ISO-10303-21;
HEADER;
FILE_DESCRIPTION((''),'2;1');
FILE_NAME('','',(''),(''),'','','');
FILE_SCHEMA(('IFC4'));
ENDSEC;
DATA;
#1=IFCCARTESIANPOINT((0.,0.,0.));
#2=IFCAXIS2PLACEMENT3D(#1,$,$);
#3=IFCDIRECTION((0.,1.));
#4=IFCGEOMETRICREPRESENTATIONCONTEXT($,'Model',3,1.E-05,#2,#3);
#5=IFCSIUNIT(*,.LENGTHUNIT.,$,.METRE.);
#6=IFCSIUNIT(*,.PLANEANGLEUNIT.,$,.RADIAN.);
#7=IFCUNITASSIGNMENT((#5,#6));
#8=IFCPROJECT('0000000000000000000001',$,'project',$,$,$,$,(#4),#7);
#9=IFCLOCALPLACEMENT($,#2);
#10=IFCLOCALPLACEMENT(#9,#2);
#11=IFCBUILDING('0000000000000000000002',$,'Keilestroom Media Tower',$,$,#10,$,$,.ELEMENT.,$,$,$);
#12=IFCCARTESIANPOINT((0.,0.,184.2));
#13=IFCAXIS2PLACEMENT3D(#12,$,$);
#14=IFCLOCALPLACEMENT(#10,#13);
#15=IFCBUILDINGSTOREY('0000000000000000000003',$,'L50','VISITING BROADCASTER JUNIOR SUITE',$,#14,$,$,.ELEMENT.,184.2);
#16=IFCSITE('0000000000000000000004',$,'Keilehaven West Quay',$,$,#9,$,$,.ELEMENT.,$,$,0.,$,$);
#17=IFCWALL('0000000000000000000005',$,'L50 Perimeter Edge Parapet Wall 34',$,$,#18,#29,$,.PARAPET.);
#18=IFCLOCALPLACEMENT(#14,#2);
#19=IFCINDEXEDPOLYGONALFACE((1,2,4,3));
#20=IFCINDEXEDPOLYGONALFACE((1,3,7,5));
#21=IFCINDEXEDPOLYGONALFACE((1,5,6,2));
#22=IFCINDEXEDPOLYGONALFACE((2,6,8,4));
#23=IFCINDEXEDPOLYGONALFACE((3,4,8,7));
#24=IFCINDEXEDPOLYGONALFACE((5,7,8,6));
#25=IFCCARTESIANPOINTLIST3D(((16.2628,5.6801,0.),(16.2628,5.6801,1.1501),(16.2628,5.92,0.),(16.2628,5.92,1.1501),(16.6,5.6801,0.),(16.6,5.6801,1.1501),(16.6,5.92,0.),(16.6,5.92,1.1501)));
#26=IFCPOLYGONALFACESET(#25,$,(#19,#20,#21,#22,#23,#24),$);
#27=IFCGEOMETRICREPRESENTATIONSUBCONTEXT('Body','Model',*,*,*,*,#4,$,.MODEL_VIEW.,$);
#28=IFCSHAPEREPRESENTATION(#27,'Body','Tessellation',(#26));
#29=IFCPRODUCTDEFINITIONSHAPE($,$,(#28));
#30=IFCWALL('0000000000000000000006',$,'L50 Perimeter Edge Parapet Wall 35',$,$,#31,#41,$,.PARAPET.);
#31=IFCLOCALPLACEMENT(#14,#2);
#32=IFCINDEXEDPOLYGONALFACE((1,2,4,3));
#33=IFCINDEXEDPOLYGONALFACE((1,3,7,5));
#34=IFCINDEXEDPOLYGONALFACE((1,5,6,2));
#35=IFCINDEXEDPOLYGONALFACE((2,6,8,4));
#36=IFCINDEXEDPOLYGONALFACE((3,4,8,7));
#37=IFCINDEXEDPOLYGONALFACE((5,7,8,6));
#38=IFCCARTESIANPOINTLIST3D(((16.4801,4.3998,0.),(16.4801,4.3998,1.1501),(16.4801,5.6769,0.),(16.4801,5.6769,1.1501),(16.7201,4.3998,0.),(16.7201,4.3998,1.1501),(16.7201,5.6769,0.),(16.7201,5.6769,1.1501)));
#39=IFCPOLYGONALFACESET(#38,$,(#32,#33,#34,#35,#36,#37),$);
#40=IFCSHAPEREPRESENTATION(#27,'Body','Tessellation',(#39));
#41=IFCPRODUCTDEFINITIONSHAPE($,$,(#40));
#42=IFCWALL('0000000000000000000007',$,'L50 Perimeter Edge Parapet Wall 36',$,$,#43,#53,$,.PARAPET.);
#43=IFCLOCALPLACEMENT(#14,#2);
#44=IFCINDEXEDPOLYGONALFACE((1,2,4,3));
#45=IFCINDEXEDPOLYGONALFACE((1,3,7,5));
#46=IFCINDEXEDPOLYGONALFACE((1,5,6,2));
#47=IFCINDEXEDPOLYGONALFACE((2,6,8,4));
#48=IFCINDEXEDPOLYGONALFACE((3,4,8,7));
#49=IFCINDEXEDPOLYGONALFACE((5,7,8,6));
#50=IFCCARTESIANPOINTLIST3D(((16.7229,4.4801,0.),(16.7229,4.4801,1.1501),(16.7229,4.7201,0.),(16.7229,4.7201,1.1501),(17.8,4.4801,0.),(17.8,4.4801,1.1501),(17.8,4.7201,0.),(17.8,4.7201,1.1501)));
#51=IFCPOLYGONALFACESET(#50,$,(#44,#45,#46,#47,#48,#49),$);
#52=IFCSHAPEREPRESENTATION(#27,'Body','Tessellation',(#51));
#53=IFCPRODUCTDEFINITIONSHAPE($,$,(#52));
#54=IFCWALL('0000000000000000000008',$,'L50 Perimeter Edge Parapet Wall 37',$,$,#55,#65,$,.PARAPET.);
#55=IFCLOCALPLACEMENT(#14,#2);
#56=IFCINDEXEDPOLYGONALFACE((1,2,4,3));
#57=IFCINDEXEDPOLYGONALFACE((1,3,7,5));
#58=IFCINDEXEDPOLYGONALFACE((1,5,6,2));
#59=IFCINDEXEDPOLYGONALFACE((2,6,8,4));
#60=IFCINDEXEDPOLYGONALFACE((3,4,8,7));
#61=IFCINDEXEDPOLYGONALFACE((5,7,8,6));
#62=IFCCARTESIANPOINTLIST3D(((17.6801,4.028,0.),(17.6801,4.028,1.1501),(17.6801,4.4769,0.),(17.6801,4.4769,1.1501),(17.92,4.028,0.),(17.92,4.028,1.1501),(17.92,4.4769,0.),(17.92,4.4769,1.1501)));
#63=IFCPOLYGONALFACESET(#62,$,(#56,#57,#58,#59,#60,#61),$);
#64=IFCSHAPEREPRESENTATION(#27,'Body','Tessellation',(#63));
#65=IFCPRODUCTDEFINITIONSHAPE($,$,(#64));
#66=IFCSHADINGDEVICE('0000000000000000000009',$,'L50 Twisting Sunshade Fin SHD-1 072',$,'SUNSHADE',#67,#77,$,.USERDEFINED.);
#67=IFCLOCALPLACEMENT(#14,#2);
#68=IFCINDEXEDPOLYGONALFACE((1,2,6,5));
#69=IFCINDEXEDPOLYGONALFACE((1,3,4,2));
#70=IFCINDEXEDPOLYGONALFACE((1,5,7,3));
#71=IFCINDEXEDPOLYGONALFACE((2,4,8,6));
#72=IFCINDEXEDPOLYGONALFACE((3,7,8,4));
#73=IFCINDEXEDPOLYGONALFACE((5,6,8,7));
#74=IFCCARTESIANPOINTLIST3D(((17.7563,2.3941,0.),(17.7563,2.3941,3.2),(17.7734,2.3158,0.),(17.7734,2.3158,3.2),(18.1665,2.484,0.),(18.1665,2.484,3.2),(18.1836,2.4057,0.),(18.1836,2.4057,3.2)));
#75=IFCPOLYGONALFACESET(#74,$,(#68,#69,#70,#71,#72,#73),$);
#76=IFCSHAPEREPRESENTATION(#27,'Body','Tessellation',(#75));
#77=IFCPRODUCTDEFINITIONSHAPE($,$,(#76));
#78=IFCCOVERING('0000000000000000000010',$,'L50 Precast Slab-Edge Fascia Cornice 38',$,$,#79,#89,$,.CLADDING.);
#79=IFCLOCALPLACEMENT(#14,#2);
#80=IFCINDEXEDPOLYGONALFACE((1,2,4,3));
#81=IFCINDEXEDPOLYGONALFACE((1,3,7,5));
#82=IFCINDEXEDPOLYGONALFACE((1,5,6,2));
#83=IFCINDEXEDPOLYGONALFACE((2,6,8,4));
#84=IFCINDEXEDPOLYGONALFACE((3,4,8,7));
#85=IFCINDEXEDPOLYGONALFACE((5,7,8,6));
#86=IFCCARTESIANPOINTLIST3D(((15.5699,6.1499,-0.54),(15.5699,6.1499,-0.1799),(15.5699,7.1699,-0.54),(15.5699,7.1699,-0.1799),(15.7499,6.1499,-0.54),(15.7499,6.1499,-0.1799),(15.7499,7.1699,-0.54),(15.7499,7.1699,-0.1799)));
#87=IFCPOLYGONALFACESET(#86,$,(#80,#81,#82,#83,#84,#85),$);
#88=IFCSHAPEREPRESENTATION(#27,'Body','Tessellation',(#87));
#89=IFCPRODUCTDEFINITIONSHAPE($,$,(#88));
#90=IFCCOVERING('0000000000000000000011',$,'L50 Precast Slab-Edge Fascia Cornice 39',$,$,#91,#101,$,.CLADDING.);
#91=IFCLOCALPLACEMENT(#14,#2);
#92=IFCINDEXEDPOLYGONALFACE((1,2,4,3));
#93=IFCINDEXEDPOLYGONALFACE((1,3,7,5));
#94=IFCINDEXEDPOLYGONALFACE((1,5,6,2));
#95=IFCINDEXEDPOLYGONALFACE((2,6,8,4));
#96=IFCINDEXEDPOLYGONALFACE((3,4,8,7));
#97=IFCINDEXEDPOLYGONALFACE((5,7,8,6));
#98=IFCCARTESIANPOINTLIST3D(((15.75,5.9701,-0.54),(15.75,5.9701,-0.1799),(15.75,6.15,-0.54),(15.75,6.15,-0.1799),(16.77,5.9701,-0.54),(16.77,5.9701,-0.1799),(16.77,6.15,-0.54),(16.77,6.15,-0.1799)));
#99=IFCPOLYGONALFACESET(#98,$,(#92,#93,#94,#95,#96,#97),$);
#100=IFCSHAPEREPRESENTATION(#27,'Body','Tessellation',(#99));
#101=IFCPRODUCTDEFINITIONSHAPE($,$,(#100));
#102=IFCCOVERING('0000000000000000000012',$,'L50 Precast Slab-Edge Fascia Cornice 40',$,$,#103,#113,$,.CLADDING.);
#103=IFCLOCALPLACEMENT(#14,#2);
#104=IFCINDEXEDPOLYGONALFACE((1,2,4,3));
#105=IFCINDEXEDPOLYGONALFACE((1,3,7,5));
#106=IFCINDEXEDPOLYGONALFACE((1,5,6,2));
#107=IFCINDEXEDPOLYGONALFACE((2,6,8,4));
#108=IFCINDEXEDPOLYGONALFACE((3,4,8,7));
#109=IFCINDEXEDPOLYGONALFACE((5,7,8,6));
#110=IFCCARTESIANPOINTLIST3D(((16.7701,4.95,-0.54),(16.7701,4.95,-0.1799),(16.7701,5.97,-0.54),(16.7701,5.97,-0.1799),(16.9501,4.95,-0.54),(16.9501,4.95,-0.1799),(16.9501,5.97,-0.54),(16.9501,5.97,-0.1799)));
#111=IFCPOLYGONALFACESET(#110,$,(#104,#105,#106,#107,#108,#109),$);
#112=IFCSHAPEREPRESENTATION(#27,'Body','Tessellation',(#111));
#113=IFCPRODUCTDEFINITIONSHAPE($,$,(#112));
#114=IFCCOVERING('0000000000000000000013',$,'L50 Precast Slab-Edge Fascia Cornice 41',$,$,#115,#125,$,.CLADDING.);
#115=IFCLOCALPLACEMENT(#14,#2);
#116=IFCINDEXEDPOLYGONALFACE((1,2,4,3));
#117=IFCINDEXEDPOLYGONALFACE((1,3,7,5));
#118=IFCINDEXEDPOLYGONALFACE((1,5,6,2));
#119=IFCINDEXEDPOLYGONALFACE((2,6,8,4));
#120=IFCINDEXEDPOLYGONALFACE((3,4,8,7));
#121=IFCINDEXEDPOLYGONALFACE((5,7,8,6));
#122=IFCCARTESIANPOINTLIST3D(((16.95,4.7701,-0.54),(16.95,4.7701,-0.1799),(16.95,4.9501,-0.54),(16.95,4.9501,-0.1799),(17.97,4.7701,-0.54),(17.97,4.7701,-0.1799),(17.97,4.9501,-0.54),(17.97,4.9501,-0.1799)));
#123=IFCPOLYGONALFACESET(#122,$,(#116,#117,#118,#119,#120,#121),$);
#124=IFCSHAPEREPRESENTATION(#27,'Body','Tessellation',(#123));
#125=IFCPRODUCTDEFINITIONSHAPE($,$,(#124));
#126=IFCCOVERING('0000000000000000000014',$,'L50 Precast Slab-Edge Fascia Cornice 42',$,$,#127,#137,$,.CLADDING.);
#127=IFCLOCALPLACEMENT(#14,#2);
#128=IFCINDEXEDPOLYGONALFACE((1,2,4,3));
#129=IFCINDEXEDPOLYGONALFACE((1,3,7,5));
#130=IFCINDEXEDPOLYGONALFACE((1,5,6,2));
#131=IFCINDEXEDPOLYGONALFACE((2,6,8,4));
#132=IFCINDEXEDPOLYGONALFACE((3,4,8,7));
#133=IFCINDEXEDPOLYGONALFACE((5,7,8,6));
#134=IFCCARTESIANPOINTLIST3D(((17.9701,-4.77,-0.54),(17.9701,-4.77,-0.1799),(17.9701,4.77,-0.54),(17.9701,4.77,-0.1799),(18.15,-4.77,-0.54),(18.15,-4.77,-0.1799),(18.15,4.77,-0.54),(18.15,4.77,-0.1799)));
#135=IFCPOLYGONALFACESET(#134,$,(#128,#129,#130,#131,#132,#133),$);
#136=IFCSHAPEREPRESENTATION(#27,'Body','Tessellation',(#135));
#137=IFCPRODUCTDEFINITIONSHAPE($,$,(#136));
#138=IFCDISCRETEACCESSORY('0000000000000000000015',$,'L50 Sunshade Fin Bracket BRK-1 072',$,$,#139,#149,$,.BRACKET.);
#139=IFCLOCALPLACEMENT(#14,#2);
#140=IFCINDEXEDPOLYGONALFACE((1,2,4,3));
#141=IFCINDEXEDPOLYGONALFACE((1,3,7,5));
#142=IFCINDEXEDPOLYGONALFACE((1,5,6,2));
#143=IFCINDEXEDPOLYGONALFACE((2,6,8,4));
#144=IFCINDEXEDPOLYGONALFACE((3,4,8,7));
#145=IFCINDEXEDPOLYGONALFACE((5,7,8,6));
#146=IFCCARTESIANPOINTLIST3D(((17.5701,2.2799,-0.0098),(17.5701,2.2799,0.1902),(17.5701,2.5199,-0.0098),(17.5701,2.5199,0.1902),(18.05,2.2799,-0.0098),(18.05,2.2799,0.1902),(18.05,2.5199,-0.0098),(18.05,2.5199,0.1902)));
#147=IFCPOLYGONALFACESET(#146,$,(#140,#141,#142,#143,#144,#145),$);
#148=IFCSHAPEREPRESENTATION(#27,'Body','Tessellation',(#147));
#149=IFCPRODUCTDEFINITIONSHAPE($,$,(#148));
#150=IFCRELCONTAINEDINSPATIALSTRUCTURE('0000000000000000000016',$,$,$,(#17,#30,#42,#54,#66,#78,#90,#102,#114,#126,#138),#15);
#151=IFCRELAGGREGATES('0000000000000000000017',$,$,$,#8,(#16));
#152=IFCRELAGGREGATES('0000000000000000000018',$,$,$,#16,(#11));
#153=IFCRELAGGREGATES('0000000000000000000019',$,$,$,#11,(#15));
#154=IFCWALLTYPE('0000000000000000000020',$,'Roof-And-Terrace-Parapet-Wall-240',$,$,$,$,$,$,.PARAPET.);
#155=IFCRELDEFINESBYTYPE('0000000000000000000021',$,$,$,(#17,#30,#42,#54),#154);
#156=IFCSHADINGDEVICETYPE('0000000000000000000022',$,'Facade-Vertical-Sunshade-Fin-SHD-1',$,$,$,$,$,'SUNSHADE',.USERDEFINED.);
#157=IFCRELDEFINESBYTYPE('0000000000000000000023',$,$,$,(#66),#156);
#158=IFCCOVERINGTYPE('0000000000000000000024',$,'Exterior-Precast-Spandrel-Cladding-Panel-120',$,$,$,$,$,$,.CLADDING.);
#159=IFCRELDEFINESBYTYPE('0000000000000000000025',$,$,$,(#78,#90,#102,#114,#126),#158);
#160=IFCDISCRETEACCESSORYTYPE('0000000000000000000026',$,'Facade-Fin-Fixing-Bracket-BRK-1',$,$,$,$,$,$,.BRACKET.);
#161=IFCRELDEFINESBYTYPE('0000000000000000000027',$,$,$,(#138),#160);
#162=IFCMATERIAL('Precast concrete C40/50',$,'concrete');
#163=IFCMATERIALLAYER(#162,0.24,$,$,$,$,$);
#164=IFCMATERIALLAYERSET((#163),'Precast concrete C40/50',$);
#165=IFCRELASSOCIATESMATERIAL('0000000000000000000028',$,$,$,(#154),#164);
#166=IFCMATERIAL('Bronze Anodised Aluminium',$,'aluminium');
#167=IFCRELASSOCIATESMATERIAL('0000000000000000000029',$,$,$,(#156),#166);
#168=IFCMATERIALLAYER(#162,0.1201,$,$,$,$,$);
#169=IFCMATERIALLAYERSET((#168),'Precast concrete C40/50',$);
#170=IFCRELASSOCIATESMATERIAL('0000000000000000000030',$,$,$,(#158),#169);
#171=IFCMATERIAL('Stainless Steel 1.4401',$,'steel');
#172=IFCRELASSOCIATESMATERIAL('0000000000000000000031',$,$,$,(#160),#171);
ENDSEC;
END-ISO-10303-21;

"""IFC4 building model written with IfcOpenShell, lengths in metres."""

from ifc_helpers import new_model, si_unit, direction, frame, frame_2d, origin, origin_2d, place, context, subcontext, project, spatial, rectangle, extrude, source, transform, mapped, material, layer, layer_set, type_object, element, save


model = new_model("IFC4")

# Units and contexts
model_context = context("Model", 3, precision=1e-05, world=origin(), true_north=direction((0.0, 1.0)))
body_context = subcontext(model_context, "Body", "Model", "MODEL_VIEW")
ifc_project = project(units=[si_unit("LENGTHUNIT", "METRE"), si_unit("PLANEANGLEUNIT", "RADIAN")], contexts=[model_context])

# Site, building, storey
site_placement = place(None, origin())
site = spatial("IfcSite", under=ifc_project, at=site_placement, Name="Keilehaven West Quay", CompositionType="ELEMENT", RefElevation=0.0)
building_placement = place(site_placement, origin())
building = spatial("IfcBuilding", under=site, at=building_placement, Name="Keilestroom Media Tower", CompositionType="ELEMENT")
storey_placement = place(building_placement, frame((0.0, 0.0, 184.2)))
storey = spatial("IfcBuildingStorey", under=building, at=storey_placement, Name="L50", Description="VISITING BROADCASTER JUNIOR SUITE", CompositionType="ELEMENT", Elevation=184.2)

# Shared definitions
ifc_material_1 = material(Name="Precast concrete C40/50", Category="concrete")

# Walls
ifc_layer_1 = layer(ifc_material_1, 0.24)
ifc_layer_set_1 = layer_set([ifc_layer_1], Name="Precast concrete C40/50")
wall_type_1 = type_object("IfcWallType", Name="Roof-And-Terrace-Parapet-Wall-240", PredefinedType="PARAPET", material=ifc_layer_set_1)
wall_1_placement = place(storey_placement, frame((16.2629, 5.8, 0.0), z_axis=(0.0, 0.0, 1.0), x_axis=(1.0, 0.0, 0.0)))
element("IfcWall", 1, at=wall_1_placement, inside=storey, type_object=wall_type_1, Name="L50 Perimeter Edge Parapet Wall 34", PredefinedType="PARAPET", context=body_context, shape_type="SweptSolid", body=[
    extrude(rectangle(XDim=0.3372, YDim=0.24, at=frame_2d((0.1685, 0.0))), origin(), (0.0, 0.0, 1.0), 1.1501),
])
wall_2_placement = place(storey_placement, frame((16.6001, 5.677, 0.0), z_axis=(0.0, 0.0, 1.0), x_axis=(0.0, -1.0, 0.0)))
element("IfcWall", 2, at=wall_2_placement, inside=storey, type_object=wall_type_1, Name="L50 Perimeter Edge Parapet Wall 35", PredefinedType="PARAPET", context=body_context, shape_type="SweptSolid", body=[
    extrude(rectangle(XDim=1.2771, YDim=0.24, at=frame_2d((0.6387, 0.0))), origin(), (0.0, 0.0, 1.0), 1.1501),
])
wall_3_placement = place(storey_placement, frame((16.7229, 4.6001, 0.0), z_axis=(0.0, 0.0, 1.0), x_axis=(1.0, 0.0, 0.0)))
element("IfcWall", 3, at=wall_3_placement, inside=storey, type_object=wall_type_1, Name="L50 Perimeter Edge Parapet Wall 36", PredefinedType="PARAPET", context=body_context, shape_type="SweptSolid", body=[
    extrude(rectangle(XDim=1.0771, YDim=0.24, at=frame_2d((0.5386, 0.0))), origin(), (0.0, 0.0, 1.0), 1.1501),
])
wall_4_placement = place(storey_placement, frame((17.8, 4.4771, 0.0), z_axis=(0.0, 0.0, 1.0), x_axis=(0.0, -1.0, 0.0)))
element("IfcWall", 4, at=wall_4_placement, inside=storey, type_object=wall_type_1, Name="L50 Perimeter Edge Parapet Wall 37", PredefinedType="PARAPET", context=body_context, shape_type="SweptSolid", body=[
    extrude(rectangle(XDim=0.449, YDim=0.24, at=frame_2d((0.2246, 0.0))), origin(), (0.0, 0.0, 1.0), 1.1501),
])

# Shading device
ifc_material_2 = material(Name="Bronze Anodised Aluminium", Category="aluminium")
shading_device_type = type_object("IfcShadingDeviceType", Name="Facade-Vertical-Sunshade-Fin-SHD-1", ElementType="SUNSHADE", PredefinedType="USERDEFINED", material=ifc_material_2)
shared_shape_1 = source(origin(), body_context, "Body", "SweptSolid", [
    extrude(rectangle(XDim=0.4199, YDim=0.0801, at=origin_2d()), origin(), (0.0, 0.0, 1.0), 3.2),
])
shading_device_placement = place(storey_placement, frame((17.97, 2.3999, 0.0), z_axis=(0.0, 0.0, 1.0), x_axis=(0.976822, 0.214053, 0.0)))
element("IfcShadingDevice", 5, at=shading_device_placement, inside=storey, type_object=shading_device_type, Name="L50 Twisting Sunshade Fin SHD-1 072", ObjectType="SUNSHADE", PredefinedType="USERDEFINED", context=body_context, shape_type="MappedRepresentation", body=[
    mapped(shared_shape_1, transform((0.0, 0.0, 0.0), x_axis=(1.0, 0.0, 0.0), y_axis=(0.0, 1.0, 0.0), z_axis=(0.0, 0.0, 1.0), scale=1.0)),
])

# Coverings
ifc_layer_2 = layer(ifc_material_1, 0.1201)
ifc_layer_set_2 = layer_set([ifc_layer_2], Name="Precast concrete C40/50")
covering_type = type_object("IfcCoveringType", Name="Exterior-Precast-Spandrel-Cladding-Panel-120", PredefinedType="CLADDING", material=ifc_layer_set_2)
shared_shape_2 = source(origin(), body_context, "Body", "SweptSolid", [
    extrude(rectangle(XDim=1.02, YDim=0.1799, at=origin_2d()), origin(), (0.0, 0.0, 1.0), 0.3601),
])
for number, where, z_axis, x_axis, name in (
    (6, (15.6599, 6.6599, -0.54), (0.0, 0.0, 1.0), (0.0, -1.0, 0.0), "L50 Precast Slab-Edge Fascia Cornice 38"),
    (7, (16.26, 6.0601, -0.54), (0.0, 0.0, 1.0), (1.0, 0.0, 0.0), "L50 Precast Slab-Edge Fascia Cornice 39"),
    (8, (16.8601, 5.46, -0.54), (0.0, 0.0, 1.0), (0.0, -1.0, 0.0), "L50 Precast Slab-Edge Fascia Cornice 40"),
    (9, (17.46, 4.8601, -0.54), (0.0, 0.0, 1.0), (1.0, 0.0, 0.0), "L50 Precast Slab-Edge Fascia Cornice 41"),
):
    element("IfcCovering", number, at=place(storey_placement, frame(where, z_axis=z_axis, x_axis=x_axis)), inside=storey, type_object=covering_type, Name=name, PredefinedType="CLADDING", context=body_context, shape_type="MappedRepresentation", body=[
        mapped(shared_shape_2, transform((0.0, 0.0, 0.0), x_axis=(1.0, 0.0, 0.0), y_axis=(0.0, 1.0, 0.0), z_axis=(0.0, 0.0, 1.0), scale=1.0)),
    ])
shared_shape_3 = source(origin(), body_context, "Body", "SweptSolid", [
    extrude(rectangle(XDim=9.54, YDim=0.1799, at=origin_2d()), origin(), (0.0, 0.0, 1.0), 0.3601),
])
covering_placement = place(storey_placement, frame((18.0601, 0.0, -0.54), z_axis=(0.0, 0.0, 1.0), x_axis=(0.0, -1.0, 0.0)))
element("IfcCovering", 10, at=covering_placement, inside=storey, type_object=covering_type, Name="L50 Precast Slab-Edge Fascia Cornice 42", PredefinedType="CLADDING", context=body_context, shape_type="MappedRepresentation", body=[
    mapped(shared_shape_3, transform((0.0, 0.0, 0.0), x_axis=(1.0, 0.0, 0.0), y_axis=(0.0, 1.0, 0.0), z_axis=(0.0, 0.0, 1.0), scale=1.0)),
])

# Discrete accessory
ifc_material_3 = material(Name="Stainless Steel 1.4401", Category="steel")
discrete_accessory_type = type_object("IfcDiscreteAccessoryType", Name="Facade-Fin-Fixing-Bracket-BRK-1", PredefinedType="BRACKET", material=ifc_material_3)
shared_shape_4 = source(origin(), body_context, "Body", "SweptSolid", [
    extrude(rectangle(XDim=0.48, YDim=0.24, at=origin_2d()), origin(), (0.0, 0.0, 1.0), 0.2),
])
discrete_accessory_placement = place(storey_placement, frame((17.8101, 2.3999, -0.0098), z_axis=(0.0, 0.0, 1.0), x_axis=(1.0, 0.0, 0.0)))
element("IfcDiscreteAccessory", 11, at=discrete_accessory_placement, inside=storey, type_object=discrete_accessory_type, Name="L50 Sunshade Fin Bracket BRK-1 072", PredefinedType="BRACKET", context=body_context, shape_type="MappedRepresentation", body=[
    mapped(shared_shape_4, transform((0.0, 0.0, 0.0), x_axis=(1.0, 0.0, 0.0), y_axis=(0.0, 1.0, 0.0), z_axis=(0.0, 0.0, 1.0), scale=1.0)),
])

save(model, "model.ifc")
